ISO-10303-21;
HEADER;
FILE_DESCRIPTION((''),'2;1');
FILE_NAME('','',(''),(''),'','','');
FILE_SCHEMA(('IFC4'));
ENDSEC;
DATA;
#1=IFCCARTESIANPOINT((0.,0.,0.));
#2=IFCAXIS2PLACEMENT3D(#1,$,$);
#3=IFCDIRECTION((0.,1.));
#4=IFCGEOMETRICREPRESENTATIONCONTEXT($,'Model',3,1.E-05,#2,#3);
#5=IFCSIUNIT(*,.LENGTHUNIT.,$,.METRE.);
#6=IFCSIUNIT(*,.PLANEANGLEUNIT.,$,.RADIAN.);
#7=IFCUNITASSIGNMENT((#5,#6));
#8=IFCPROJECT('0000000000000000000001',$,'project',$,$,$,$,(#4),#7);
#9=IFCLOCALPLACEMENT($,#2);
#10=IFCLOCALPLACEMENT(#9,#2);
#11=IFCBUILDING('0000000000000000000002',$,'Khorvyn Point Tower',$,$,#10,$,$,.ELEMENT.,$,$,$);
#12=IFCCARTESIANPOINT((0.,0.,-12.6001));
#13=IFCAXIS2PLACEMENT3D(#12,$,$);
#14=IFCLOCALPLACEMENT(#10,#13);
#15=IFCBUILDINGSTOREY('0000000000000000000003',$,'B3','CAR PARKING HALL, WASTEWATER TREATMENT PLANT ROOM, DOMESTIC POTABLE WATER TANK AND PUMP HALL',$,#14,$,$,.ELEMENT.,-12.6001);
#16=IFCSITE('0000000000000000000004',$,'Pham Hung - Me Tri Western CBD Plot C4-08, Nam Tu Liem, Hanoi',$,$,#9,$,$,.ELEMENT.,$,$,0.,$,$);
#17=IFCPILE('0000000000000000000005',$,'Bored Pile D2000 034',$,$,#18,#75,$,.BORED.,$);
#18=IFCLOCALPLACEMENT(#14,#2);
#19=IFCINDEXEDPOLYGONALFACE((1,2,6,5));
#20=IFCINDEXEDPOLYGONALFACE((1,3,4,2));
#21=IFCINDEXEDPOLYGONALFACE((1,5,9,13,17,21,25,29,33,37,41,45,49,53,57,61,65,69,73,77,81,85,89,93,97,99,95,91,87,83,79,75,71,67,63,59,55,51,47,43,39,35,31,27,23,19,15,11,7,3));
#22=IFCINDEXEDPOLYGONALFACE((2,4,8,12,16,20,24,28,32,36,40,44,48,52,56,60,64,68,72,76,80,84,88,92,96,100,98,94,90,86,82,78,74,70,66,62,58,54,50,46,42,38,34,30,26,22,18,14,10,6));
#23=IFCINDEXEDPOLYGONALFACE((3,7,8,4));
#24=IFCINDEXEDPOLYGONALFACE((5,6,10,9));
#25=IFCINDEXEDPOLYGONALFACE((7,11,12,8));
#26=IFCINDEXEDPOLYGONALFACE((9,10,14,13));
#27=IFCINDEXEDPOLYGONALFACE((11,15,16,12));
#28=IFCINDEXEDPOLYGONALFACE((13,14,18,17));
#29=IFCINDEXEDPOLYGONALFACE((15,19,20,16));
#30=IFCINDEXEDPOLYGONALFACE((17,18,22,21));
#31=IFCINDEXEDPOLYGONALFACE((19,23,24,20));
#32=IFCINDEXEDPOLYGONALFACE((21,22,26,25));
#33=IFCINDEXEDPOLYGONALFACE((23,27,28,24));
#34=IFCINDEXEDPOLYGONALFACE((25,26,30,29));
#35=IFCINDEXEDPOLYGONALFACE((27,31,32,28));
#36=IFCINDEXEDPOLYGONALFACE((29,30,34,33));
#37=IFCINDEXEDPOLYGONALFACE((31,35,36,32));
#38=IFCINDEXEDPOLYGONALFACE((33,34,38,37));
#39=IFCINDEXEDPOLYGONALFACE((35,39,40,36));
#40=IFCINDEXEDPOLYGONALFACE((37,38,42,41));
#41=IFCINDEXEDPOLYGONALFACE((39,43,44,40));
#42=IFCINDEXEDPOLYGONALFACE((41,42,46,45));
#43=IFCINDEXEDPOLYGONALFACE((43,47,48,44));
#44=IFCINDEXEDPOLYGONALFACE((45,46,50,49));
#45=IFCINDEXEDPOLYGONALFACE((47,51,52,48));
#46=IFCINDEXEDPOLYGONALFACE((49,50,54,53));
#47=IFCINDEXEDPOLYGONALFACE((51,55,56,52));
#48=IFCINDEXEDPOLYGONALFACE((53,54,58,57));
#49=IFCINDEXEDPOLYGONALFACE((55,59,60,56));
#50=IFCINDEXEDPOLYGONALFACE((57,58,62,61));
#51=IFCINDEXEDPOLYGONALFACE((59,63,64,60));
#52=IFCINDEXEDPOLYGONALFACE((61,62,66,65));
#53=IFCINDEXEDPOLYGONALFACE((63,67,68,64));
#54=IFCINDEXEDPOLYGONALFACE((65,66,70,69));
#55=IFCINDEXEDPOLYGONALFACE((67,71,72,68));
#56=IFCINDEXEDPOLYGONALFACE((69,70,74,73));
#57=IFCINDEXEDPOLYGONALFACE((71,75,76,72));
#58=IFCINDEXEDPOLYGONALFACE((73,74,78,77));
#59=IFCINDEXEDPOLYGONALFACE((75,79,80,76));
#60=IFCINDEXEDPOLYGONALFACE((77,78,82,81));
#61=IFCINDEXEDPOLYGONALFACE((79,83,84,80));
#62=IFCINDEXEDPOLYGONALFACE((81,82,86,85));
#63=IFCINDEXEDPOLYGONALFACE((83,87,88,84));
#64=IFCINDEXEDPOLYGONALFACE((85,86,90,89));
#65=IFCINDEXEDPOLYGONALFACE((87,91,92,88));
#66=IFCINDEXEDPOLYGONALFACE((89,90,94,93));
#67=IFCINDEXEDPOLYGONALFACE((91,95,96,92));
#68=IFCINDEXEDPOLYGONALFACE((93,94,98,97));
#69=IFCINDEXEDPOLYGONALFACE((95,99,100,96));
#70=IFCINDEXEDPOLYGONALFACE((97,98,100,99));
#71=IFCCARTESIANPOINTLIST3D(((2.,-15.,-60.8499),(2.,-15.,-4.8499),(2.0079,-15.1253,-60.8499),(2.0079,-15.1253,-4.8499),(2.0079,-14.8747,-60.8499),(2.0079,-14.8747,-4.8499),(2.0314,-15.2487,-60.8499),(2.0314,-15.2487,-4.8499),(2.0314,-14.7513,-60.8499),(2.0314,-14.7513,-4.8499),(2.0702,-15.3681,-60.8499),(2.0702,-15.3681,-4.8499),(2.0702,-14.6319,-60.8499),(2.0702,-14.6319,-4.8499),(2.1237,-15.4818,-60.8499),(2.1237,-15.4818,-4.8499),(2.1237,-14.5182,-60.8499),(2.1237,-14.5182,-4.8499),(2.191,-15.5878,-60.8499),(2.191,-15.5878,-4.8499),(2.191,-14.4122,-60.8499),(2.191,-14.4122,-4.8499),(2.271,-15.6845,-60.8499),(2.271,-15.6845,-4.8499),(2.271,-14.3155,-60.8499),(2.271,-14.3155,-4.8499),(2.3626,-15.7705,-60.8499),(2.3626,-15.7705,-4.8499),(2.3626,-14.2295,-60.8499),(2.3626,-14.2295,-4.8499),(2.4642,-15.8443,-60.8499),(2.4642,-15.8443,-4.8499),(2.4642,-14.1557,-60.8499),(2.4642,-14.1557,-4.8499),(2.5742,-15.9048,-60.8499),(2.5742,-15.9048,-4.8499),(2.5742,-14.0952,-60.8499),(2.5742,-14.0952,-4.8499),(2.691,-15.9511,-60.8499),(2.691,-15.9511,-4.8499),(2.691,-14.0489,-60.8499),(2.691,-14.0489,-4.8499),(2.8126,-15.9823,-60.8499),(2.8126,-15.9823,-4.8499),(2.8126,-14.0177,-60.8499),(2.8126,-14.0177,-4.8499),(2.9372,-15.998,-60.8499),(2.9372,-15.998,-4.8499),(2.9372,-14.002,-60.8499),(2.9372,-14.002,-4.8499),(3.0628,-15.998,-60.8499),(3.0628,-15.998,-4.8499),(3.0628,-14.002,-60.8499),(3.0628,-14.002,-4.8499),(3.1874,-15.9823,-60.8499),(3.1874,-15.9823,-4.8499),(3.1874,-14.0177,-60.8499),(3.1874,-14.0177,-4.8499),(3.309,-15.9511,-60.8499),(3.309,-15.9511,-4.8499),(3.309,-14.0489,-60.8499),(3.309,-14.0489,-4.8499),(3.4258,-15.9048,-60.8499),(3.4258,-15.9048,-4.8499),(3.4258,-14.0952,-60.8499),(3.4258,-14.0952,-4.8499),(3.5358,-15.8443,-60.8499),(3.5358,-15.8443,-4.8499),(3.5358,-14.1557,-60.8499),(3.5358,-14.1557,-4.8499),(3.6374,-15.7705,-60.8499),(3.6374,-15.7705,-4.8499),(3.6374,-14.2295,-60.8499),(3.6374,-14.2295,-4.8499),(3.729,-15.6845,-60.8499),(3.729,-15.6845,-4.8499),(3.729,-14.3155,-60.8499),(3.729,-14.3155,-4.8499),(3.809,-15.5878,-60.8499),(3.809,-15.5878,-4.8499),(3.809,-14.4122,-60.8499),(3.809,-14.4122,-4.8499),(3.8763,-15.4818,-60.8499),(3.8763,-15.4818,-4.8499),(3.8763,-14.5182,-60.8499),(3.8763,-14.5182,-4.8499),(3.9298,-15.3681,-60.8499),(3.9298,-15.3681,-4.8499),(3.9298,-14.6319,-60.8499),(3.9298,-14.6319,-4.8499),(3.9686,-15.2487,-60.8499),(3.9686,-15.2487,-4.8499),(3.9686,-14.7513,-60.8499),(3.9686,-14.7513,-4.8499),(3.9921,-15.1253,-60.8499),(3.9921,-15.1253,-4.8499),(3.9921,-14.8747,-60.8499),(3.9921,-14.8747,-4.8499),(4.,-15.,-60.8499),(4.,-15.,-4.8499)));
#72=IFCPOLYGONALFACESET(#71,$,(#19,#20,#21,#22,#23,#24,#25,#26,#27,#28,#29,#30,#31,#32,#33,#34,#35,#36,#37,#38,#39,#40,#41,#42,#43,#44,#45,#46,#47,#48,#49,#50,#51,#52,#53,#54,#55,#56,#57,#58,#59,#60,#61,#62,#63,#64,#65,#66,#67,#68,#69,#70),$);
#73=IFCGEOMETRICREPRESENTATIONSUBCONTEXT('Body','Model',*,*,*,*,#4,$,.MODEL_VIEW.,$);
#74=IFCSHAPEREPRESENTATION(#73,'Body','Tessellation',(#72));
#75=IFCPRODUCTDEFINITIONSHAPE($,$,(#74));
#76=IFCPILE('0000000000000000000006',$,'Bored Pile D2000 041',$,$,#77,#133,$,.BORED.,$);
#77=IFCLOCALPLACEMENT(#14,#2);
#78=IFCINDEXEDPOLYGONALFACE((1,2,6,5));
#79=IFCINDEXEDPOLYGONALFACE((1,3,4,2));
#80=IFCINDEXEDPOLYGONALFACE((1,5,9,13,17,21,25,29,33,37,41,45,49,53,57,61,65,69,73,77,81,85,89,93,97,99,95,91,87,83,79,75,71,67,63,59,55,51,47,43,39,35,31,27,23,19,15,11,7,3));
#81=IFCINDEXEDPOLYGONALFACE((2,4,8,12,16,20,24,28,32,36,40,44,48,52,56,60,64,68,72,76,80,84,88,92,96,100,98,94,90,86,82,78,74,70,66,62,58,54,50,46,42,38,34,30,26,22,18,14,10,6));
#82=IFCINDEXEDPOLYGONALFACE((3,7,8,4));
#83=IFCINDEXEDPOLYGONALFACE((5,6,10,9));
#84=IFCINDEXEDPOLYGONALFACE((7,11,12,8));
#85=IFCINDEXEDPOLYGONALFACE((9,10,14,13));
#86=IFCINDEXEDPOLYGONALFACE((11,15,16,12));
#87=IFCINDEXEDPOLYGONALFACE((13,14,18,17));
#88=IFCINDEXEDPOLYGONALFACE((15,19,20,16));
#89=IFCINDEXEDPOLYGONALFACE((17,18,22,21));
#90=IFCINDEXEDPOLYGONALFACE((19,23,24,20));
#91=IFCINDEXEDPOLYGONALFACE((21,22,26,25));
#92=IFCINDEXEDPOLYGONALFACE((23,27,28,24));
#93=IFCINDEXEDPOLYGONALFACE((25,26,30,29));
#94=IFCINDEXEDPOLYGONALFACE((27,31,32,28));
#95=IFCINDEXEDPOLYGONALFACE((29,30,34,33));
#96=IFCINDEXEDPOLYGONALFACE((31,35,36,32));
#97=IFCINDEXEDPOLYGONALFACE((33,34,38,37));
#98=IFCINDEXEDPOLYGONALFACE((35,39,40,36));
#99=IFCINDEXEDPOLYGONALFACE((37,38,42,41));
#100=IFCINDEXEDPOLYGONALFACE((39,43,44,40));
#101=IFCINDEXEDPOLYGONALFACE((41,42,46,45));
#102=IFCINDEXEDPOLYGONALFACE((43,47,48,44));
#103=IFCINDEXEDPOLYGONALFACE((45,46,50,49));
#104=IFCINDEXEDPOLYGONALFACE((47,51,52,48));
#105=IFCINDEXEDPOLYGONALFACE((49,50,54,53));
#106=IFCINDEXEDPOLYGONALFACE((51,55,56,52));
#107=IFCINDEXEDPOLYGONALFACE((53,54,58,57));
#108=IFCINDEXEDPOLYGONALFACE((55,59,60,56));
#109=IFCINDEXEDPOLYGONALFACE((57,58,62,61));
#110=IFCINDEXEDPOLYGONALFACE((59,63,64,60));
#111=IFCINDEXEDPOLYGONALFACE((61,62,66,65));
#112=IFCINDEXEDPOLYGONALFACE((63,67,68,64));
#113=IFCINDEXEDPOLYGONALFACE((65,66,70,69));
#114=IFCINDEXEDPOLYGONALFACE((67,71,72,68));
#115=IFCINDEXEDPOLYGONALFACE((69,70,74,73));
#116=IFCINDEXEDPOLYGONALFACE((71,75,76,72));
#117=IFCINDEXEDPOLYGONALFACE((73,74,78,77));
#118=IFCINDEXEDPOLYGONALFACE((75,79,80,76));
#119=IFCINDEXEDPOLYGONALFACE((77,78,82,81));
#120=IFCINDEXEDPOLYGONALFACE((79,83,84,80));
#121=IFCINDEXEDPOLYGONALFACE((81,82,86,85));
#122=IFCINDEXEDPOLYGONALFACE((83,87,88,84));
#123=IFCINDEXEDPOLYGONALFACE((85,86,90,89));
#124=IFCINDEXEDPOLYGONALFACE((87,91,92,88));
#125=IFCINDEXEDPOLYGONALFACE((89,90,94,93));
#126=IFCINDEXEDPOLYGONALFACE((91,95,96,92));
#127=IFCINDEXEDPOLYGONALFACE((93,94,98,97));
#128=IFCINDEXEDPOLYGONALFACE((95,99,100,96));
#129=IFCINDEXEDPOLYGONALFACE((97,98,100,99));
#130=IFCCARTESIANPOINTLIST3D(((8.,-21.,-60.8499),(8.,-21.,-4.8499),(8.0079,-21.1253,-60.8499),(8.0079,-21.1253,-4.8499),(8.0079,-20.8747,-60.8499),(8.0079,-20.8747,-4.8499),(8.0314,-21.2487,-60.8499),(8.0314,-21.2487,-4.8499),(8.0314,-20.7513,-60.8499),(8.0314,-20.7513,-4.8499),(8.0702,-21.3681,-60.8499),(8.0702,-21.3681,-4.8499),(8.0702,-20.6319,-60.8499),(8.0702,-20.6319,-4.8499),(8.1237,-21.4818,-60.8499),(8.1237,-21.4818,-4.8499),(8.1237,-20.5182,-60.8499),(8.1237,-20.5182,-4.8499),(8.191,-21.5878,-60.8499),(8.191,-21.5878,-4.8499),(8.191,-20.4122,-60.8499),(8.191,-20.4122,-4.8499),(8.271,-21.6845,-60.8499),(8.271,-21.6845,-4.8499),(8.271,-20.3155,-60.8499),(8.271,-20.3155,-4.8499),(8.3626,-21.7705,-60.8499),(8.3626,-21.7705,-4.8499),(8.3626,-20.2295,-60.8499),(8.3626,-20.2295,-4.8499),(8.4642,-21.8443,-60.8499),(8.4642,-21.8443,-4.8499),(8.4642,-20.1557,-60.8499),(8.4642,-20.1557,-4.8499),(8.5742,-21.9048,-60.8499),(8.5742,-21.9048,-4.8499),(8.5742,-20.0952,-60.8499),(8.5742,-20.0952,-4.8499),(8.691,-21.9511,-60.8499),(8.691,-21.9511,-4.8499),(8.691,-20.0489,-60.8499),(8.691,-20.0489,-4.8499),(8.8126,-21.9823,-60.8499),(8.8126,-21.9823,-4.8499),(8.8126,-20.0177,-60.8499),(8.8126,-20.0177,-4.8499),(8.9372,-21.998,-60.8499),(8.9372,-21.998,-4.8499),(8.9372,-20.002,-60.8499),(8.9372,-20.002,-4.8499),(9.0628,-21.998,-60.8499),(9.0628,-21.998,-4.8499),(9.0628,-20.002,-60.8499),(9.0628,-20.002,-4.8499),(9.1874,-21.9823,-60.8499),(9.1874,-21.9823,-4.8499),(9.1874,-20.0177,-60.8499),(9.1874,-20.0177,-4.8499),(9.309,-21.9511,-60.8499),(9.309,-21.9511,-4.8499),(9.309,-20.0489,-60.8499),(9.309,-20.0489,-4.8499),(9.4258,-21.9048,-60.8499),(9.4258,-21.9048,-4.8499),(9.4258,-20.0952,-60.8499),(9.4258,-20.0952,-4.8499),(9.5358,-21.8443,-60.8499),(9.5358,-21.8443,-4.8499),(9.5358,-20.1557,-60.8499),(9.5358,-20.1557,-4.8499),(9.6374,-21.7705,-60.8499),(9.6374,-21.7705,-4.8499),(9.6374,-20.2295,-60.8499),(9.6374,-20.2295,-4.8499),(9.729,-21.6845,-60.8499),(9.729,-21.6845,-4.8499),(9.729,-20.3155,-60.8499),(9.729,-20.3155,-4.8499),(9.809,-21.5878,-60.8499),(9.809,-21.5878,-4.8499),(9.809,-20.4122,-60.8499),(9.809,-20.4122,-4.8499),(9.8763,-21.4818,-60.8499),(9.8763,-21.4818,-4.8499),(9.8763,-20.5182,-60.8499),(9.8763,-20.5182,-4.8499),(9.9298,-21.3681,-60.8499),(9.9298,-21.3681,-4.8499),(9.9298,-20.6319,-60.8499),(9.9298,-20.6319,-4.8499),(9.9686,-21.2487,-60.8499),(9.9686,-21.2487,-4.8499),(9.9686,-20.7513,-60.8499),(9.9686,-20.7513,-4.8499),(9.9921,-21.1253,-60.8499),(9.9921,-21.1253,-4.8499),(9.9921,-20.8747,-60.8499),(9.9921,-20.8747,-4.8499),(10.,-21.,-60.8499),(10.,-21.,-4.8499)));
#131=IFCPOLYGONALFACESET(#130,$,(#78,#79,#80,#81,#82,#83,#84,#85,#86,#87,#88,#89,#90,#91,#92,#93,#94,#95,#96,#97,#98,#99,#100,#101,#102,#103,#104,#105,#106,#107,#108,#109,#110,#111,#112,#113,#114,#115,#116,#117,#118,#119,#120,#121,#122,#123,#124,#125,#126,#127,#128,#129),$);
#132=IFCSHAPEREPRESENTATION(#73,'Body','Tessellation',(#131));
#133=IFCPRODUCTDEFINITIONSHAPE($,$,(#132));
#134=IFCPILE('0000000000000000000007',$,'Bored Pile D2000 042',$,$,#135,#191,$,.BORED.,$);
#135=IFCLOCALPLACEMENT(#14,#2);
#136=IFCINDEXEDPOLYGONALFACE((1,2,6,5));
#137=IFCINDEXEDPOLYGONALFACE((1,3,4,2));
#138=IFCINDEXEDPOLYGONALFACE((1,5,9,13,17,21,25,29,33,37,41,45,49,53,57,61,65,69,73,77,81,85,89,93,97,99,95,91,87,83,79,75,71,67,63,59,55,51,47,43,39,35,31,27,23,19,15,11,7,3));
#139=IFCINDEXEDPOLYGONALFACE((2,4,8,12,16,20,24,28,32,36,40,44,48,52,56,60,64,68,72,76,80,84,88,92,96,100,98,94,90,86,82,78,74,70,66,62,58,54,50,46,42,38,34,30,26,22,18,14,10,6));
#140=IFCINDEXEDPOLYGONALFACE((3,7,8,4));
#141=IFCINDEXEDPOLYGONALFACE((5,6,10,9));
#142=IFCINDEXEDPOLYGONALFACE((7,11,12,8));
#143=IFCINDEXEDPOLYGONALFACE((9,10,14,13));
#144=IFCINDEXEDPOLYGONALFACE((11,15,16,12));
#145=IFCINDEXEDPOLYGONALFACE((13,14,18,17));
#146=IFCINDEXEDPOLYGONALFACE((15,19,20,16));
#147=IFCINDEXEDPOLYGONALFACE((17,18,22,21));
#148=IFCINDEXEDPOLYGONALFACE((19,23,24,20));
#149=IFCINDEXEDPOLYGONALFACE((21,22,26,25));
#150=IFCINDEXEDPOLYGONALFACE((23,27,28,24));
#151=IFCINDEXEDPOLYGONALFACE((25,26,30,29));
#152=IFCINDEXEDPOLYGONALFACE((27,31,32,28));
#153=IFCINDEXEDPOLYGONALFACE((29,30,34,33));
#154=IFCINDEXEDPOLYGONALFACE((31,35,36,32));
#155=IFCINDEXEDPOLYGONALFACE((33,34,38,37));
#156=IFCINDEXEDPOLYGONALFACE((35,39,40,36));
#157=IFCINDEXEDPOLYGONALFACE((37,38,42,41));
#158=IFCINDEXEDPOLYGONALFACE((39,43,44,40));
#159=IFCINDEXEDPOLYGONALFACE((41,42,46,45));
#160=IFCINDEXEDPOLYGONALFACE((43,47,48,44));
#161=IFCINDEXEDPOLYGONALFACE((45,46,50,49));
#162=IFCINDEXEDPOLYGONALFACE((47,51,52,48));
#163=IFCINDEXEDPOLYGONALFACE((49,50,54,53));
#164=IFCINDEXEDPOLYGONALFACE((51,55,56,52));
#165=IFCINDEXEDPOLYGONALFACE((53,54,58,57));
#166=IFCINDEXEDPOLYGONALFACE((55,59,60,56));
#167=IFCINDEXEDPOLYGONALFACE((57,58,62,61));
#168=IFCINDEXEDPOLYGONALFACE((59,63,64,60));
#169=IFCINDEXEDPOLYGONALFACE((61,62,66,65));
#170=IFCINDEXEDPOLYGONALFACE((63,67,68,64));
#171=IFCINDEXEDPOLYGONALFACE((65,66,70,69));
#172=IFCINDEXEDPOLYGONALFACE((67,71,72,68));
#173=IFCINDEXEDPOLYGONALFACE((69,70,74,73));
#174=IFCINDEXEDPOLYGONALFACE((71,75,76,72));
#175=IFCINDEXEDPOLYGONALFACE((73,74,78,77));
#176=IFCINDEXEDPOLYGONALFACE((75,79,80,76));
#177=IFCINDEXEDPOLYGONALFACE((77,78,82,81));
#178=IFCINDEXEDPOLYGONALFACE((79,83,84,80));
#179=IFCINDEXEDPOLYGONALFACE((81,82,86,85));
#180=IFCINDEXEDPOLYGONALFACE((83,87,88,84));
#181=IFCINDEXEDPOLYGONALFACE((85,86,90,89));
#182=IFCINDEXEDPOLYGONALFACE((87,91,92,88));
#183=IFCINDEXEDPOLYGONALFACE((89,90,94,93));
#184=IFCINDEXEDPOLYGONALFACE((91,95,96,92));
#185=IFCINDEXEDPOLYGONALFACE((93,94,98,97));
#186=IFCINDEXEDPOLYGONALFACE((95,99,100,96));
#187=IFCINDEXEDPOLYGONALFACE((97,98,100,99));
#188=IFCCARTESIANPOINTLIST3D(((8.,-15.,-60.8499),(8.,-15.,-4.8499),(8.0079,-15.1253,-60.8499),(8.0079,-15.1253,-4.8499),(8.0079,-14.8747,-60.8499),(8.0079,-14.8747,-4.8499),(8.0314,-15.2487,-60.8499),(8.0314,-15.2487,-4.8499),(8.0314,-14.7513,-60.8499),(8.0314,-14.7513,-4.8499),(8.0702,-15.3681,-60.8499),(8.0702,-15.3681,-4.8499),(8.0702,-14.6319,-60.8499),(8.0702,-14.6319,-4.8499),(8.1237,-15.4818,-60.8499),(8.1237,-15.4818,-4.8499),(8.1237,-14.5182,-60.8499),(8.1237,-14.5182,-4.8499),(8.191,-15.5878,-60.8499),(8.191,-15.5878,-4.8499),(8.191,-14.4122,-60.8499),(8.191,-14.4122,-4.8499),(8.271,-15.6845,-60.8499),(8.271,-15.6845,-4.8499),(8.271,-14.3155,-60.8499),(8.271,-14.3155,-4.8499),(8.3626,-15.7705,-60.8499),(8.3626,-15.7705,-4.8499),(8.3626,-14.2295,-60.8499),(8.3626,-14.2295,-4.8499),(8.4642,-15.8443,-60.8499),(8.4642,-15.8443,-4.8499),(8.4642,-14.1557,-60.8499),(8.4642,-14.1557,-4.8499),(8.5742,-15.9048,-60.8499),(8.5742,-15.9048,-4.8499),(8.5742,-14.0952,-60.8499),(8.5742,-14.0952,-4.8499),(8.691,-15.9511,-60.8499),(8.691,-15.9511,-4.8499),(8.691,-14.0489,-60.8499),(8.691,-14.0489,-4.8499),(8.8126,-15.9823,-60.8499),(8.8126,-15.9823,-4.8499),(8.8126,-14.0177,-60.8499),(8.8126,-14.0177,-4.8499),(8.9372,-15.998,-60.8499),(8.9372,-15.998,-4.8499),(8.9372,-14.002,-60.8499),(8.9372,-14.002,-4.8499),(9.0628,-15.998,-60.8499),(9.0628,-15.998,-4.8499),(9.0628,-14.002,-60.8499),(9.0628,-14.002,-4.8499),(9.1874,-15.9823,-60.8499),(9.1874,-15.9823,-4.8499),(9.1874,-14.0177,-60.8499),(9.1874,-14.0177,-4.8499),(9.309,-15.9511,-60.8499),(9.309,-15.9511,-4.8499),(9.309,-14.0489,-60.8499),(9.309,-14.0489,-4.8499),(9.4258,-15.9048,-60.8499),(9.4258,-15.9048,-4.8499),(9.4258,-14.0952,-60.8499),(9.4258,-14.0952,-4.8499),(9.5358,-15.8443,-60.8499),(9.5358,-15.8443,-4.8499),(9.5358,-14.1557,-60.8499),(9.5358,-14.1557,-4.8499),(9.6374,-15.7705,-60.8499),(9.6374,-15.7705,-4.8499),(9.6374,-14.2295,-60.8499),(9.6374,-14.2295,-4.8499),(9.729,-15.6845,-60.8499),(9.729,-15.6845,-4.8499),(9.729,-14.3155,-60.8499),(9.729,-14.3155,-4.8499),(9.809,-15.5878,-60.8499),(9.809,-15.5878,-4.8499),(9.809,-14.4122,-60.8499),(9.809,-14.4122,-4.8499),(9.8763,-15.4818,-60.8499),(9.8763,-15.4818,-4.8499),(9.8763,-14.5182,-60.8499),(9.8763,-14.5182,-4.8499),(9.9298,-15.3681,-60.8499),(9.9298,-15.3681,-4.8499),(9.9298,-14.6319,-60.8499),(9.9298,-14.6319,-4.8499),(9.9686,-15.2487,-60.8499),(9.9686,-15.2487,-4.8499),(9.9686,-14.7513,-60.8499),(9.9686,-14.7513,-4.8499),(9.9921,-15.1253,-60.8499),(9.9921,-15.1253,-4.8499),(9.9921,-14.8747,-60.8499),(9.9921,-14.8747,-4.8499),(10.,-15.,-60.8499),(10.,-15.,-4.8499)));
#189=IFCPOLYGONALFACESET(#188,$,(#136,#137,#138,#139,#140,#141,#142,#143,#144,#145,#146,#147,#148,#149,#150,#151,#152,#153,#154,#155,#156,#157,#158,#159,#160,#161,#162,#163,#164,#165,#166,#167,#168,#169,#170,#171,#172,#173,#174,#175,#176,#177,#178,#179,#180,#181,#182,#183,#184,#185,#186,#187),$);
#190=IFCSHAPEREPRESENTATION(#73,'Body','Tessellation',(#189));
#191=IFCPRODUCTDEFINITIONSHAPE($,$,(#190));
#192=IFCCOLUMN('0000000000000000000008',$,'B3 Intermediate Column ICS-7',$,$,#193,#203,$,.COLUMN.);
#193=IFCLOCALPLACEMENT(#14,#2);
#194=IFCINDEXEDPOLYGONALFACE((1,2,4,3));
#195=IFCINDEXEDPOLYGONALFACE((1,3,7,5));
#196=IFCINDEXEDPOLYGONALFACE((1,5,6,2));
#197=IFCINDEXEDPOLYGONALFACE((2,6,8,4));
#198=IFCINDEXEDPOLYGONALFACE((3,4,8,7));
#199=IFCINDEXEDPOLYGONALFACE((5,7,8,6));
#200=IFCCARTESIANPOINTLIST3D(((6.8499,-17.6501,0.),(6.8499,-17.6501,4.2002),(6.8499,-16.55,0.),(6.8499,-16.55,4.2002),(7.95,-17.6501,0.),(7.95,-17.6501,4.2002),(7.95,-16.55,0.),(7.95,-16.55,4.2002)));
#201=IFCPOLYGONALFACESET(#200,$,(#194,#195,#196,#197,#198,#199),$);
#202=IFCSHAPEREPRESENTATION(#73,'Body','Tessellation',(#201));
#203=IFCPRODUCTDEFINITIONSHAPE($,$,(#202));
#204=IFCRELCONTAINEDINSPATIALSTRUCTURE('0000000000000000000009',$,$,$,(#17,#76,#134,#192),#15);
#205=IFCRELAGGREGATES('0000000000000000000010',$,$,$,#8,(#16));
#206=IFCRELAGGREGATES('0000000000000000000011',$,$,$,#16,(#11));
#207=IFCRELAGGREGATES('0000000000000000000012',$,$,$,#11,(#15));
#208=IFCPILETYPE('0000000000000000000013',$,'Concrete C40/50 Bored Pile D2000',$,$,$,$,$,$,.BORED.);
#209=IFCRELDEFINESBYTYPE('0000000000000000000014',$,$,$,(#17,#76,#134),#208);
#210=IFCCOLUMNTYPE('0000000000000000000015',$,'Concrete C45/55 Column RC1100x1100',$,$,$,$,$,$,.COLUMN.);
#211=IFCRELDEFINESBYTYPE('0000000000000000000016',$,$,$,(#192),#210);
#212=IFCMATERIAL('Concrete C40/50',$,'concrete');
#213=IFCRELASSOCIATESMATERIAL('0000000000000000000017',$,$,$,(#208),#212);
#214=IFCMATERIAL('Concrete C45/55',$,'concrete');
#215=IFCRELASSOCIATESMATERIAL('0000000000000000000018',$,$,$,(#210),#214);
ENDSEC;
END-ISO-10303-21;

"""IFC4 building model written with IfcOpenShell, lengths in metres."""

from ifc_helpers import new_model, si_unit, direction, frame, origin, origin_2d, place, context, subcontext, project, spatial, rectangle, circle, extrude, material, material_profile, profile_set, type_object, element, save


model = new_model("IFC4")

# Units and contexts
model_context = context("Model", 3, precision=1e-05, world=origin(), true_north=direction((0.0, 1.0)))
body_context = subcontext(model_context, "Body", "Model", "MODEL_VIEW")
ifc_project = project(units=[si_unit("LENGTHUNIT", "METRE"), si_unit("PLANEANGLEUNIT", "RADIAN")], contexts=[model_context])

# Site, building, storey
site_placement = place(None, origin())
site = spatial("IfcSite", under=ifc_project, at=site_placement, Name="Pham Hung - Me Tri Western CBD Plot C4-08, Nam Tu Liem, Hanoi", CompositionType="ELEMENT", RefElevation=0.0)
building_placement = place(site_placement, origin())
building = spatial("IfcBuilding", under=site, at=building_placement, Name="Khorvyn Point Tower", CompositionType="ELEMENT")
storey_placement = place(building_placement, frame((0.0, 0.0, -12.6001)))
storey = spatial("IfcBuildingStorey", under=building, at=storey_placement, Name="B3", Description="CAR PARKING HALL, WASTEWATER TREATMENT PLANT ROOM, DOMESTIC POTABLE WATER TANK AND PUMP HALL", CompositionType="ELEMENT", Elevation=-12.6001)

# Piles
ifc_material_1 = material(Name="Concrete C40/50", Category="concrete")
ifc_material_profile_1 = material_profile(ifc_material_1, circle(Radius=1.0, at=origin_2d()))
ifc_profile_set_1 = profile_set([ifc_material_profile_1], Name="Concrete C40/50 PILE-D2000")
pile_type_1 = type_object("IfcPileType", Name="Concrete C40/50 Bored Pile D2000", PredefinedType="BORED", material=ifc_profile_set_1)
for number, where, z_axis, x_axis, name in (
    (1, (3.0, -15.0, -4.8499), (0.0, 0.0, -1.0), (1.0, 0.0, 0.0), "Bored Pile D2000 034"),
    (2, (9.0, -21.0, -4.8499), (0.0, 0.0, -1.0), (1.0, 0.0, 0.0), "Bored Pile D2000 041"),
    (3, (9.0, -15.0, -4.8499), (0.0, 0.0, -1.0), (1.0, 0.0, 0.0), "Bored Pile D2000 042"),
):
    element("IfcPile", number, at=place(storey_placement, frame(where, z_axis=z_axis, x_axis=x_axis)), inside=storey, type_object=pile_type_1, Name=name, PredefinedType="BORED", context=body_context, shape_type="SweptSolid", body=[
        extrude(circle(Radius=1.0, at=origin_2d()), origin(), (0.0, 0.0, 1.0), 56.0),
    ])

# Column
ifc_material_2 = material(Name="Concrete C45/55", Category="concrete")
ifc_material_profile_2 = material_profile(ifc_material_2, rectangle(XDim=1.1001, YDim=1.1001, at=origin_2d()))
ifc_profile_set_2 = profile_set([ifc_material_profile_2], Name="Concrete C45/55 RC1100x1100")
column_type_1 = type_object("IfcColumnType", Name="Concrete C45/55 Column RC1100x1100", PredefinedType="COLUMN", material=ifc_profile_set_2)
column_placement = place(storey_placement, frame((7.3999, -17.1001, 0.0), z_axis=(0.0, 0.0, 1.0), x_axis=(1.0, 0.0, 0.0)))
element("IfcColumn", 4, at=column_placement, inside=storey, type_object=column_type_1, Name="B3 Intermediate Column ICS-7", PredefinedType="COLUMN", context=body_context, shape_type="SweptSolid", body=[
    extrude(rectangle(XDim=1.1001, YDim=1.1001, at=origin_2d()), origin(), (0.0, 0.0, 1.0), 4.2002),
])

save(model, "model.ifc")
